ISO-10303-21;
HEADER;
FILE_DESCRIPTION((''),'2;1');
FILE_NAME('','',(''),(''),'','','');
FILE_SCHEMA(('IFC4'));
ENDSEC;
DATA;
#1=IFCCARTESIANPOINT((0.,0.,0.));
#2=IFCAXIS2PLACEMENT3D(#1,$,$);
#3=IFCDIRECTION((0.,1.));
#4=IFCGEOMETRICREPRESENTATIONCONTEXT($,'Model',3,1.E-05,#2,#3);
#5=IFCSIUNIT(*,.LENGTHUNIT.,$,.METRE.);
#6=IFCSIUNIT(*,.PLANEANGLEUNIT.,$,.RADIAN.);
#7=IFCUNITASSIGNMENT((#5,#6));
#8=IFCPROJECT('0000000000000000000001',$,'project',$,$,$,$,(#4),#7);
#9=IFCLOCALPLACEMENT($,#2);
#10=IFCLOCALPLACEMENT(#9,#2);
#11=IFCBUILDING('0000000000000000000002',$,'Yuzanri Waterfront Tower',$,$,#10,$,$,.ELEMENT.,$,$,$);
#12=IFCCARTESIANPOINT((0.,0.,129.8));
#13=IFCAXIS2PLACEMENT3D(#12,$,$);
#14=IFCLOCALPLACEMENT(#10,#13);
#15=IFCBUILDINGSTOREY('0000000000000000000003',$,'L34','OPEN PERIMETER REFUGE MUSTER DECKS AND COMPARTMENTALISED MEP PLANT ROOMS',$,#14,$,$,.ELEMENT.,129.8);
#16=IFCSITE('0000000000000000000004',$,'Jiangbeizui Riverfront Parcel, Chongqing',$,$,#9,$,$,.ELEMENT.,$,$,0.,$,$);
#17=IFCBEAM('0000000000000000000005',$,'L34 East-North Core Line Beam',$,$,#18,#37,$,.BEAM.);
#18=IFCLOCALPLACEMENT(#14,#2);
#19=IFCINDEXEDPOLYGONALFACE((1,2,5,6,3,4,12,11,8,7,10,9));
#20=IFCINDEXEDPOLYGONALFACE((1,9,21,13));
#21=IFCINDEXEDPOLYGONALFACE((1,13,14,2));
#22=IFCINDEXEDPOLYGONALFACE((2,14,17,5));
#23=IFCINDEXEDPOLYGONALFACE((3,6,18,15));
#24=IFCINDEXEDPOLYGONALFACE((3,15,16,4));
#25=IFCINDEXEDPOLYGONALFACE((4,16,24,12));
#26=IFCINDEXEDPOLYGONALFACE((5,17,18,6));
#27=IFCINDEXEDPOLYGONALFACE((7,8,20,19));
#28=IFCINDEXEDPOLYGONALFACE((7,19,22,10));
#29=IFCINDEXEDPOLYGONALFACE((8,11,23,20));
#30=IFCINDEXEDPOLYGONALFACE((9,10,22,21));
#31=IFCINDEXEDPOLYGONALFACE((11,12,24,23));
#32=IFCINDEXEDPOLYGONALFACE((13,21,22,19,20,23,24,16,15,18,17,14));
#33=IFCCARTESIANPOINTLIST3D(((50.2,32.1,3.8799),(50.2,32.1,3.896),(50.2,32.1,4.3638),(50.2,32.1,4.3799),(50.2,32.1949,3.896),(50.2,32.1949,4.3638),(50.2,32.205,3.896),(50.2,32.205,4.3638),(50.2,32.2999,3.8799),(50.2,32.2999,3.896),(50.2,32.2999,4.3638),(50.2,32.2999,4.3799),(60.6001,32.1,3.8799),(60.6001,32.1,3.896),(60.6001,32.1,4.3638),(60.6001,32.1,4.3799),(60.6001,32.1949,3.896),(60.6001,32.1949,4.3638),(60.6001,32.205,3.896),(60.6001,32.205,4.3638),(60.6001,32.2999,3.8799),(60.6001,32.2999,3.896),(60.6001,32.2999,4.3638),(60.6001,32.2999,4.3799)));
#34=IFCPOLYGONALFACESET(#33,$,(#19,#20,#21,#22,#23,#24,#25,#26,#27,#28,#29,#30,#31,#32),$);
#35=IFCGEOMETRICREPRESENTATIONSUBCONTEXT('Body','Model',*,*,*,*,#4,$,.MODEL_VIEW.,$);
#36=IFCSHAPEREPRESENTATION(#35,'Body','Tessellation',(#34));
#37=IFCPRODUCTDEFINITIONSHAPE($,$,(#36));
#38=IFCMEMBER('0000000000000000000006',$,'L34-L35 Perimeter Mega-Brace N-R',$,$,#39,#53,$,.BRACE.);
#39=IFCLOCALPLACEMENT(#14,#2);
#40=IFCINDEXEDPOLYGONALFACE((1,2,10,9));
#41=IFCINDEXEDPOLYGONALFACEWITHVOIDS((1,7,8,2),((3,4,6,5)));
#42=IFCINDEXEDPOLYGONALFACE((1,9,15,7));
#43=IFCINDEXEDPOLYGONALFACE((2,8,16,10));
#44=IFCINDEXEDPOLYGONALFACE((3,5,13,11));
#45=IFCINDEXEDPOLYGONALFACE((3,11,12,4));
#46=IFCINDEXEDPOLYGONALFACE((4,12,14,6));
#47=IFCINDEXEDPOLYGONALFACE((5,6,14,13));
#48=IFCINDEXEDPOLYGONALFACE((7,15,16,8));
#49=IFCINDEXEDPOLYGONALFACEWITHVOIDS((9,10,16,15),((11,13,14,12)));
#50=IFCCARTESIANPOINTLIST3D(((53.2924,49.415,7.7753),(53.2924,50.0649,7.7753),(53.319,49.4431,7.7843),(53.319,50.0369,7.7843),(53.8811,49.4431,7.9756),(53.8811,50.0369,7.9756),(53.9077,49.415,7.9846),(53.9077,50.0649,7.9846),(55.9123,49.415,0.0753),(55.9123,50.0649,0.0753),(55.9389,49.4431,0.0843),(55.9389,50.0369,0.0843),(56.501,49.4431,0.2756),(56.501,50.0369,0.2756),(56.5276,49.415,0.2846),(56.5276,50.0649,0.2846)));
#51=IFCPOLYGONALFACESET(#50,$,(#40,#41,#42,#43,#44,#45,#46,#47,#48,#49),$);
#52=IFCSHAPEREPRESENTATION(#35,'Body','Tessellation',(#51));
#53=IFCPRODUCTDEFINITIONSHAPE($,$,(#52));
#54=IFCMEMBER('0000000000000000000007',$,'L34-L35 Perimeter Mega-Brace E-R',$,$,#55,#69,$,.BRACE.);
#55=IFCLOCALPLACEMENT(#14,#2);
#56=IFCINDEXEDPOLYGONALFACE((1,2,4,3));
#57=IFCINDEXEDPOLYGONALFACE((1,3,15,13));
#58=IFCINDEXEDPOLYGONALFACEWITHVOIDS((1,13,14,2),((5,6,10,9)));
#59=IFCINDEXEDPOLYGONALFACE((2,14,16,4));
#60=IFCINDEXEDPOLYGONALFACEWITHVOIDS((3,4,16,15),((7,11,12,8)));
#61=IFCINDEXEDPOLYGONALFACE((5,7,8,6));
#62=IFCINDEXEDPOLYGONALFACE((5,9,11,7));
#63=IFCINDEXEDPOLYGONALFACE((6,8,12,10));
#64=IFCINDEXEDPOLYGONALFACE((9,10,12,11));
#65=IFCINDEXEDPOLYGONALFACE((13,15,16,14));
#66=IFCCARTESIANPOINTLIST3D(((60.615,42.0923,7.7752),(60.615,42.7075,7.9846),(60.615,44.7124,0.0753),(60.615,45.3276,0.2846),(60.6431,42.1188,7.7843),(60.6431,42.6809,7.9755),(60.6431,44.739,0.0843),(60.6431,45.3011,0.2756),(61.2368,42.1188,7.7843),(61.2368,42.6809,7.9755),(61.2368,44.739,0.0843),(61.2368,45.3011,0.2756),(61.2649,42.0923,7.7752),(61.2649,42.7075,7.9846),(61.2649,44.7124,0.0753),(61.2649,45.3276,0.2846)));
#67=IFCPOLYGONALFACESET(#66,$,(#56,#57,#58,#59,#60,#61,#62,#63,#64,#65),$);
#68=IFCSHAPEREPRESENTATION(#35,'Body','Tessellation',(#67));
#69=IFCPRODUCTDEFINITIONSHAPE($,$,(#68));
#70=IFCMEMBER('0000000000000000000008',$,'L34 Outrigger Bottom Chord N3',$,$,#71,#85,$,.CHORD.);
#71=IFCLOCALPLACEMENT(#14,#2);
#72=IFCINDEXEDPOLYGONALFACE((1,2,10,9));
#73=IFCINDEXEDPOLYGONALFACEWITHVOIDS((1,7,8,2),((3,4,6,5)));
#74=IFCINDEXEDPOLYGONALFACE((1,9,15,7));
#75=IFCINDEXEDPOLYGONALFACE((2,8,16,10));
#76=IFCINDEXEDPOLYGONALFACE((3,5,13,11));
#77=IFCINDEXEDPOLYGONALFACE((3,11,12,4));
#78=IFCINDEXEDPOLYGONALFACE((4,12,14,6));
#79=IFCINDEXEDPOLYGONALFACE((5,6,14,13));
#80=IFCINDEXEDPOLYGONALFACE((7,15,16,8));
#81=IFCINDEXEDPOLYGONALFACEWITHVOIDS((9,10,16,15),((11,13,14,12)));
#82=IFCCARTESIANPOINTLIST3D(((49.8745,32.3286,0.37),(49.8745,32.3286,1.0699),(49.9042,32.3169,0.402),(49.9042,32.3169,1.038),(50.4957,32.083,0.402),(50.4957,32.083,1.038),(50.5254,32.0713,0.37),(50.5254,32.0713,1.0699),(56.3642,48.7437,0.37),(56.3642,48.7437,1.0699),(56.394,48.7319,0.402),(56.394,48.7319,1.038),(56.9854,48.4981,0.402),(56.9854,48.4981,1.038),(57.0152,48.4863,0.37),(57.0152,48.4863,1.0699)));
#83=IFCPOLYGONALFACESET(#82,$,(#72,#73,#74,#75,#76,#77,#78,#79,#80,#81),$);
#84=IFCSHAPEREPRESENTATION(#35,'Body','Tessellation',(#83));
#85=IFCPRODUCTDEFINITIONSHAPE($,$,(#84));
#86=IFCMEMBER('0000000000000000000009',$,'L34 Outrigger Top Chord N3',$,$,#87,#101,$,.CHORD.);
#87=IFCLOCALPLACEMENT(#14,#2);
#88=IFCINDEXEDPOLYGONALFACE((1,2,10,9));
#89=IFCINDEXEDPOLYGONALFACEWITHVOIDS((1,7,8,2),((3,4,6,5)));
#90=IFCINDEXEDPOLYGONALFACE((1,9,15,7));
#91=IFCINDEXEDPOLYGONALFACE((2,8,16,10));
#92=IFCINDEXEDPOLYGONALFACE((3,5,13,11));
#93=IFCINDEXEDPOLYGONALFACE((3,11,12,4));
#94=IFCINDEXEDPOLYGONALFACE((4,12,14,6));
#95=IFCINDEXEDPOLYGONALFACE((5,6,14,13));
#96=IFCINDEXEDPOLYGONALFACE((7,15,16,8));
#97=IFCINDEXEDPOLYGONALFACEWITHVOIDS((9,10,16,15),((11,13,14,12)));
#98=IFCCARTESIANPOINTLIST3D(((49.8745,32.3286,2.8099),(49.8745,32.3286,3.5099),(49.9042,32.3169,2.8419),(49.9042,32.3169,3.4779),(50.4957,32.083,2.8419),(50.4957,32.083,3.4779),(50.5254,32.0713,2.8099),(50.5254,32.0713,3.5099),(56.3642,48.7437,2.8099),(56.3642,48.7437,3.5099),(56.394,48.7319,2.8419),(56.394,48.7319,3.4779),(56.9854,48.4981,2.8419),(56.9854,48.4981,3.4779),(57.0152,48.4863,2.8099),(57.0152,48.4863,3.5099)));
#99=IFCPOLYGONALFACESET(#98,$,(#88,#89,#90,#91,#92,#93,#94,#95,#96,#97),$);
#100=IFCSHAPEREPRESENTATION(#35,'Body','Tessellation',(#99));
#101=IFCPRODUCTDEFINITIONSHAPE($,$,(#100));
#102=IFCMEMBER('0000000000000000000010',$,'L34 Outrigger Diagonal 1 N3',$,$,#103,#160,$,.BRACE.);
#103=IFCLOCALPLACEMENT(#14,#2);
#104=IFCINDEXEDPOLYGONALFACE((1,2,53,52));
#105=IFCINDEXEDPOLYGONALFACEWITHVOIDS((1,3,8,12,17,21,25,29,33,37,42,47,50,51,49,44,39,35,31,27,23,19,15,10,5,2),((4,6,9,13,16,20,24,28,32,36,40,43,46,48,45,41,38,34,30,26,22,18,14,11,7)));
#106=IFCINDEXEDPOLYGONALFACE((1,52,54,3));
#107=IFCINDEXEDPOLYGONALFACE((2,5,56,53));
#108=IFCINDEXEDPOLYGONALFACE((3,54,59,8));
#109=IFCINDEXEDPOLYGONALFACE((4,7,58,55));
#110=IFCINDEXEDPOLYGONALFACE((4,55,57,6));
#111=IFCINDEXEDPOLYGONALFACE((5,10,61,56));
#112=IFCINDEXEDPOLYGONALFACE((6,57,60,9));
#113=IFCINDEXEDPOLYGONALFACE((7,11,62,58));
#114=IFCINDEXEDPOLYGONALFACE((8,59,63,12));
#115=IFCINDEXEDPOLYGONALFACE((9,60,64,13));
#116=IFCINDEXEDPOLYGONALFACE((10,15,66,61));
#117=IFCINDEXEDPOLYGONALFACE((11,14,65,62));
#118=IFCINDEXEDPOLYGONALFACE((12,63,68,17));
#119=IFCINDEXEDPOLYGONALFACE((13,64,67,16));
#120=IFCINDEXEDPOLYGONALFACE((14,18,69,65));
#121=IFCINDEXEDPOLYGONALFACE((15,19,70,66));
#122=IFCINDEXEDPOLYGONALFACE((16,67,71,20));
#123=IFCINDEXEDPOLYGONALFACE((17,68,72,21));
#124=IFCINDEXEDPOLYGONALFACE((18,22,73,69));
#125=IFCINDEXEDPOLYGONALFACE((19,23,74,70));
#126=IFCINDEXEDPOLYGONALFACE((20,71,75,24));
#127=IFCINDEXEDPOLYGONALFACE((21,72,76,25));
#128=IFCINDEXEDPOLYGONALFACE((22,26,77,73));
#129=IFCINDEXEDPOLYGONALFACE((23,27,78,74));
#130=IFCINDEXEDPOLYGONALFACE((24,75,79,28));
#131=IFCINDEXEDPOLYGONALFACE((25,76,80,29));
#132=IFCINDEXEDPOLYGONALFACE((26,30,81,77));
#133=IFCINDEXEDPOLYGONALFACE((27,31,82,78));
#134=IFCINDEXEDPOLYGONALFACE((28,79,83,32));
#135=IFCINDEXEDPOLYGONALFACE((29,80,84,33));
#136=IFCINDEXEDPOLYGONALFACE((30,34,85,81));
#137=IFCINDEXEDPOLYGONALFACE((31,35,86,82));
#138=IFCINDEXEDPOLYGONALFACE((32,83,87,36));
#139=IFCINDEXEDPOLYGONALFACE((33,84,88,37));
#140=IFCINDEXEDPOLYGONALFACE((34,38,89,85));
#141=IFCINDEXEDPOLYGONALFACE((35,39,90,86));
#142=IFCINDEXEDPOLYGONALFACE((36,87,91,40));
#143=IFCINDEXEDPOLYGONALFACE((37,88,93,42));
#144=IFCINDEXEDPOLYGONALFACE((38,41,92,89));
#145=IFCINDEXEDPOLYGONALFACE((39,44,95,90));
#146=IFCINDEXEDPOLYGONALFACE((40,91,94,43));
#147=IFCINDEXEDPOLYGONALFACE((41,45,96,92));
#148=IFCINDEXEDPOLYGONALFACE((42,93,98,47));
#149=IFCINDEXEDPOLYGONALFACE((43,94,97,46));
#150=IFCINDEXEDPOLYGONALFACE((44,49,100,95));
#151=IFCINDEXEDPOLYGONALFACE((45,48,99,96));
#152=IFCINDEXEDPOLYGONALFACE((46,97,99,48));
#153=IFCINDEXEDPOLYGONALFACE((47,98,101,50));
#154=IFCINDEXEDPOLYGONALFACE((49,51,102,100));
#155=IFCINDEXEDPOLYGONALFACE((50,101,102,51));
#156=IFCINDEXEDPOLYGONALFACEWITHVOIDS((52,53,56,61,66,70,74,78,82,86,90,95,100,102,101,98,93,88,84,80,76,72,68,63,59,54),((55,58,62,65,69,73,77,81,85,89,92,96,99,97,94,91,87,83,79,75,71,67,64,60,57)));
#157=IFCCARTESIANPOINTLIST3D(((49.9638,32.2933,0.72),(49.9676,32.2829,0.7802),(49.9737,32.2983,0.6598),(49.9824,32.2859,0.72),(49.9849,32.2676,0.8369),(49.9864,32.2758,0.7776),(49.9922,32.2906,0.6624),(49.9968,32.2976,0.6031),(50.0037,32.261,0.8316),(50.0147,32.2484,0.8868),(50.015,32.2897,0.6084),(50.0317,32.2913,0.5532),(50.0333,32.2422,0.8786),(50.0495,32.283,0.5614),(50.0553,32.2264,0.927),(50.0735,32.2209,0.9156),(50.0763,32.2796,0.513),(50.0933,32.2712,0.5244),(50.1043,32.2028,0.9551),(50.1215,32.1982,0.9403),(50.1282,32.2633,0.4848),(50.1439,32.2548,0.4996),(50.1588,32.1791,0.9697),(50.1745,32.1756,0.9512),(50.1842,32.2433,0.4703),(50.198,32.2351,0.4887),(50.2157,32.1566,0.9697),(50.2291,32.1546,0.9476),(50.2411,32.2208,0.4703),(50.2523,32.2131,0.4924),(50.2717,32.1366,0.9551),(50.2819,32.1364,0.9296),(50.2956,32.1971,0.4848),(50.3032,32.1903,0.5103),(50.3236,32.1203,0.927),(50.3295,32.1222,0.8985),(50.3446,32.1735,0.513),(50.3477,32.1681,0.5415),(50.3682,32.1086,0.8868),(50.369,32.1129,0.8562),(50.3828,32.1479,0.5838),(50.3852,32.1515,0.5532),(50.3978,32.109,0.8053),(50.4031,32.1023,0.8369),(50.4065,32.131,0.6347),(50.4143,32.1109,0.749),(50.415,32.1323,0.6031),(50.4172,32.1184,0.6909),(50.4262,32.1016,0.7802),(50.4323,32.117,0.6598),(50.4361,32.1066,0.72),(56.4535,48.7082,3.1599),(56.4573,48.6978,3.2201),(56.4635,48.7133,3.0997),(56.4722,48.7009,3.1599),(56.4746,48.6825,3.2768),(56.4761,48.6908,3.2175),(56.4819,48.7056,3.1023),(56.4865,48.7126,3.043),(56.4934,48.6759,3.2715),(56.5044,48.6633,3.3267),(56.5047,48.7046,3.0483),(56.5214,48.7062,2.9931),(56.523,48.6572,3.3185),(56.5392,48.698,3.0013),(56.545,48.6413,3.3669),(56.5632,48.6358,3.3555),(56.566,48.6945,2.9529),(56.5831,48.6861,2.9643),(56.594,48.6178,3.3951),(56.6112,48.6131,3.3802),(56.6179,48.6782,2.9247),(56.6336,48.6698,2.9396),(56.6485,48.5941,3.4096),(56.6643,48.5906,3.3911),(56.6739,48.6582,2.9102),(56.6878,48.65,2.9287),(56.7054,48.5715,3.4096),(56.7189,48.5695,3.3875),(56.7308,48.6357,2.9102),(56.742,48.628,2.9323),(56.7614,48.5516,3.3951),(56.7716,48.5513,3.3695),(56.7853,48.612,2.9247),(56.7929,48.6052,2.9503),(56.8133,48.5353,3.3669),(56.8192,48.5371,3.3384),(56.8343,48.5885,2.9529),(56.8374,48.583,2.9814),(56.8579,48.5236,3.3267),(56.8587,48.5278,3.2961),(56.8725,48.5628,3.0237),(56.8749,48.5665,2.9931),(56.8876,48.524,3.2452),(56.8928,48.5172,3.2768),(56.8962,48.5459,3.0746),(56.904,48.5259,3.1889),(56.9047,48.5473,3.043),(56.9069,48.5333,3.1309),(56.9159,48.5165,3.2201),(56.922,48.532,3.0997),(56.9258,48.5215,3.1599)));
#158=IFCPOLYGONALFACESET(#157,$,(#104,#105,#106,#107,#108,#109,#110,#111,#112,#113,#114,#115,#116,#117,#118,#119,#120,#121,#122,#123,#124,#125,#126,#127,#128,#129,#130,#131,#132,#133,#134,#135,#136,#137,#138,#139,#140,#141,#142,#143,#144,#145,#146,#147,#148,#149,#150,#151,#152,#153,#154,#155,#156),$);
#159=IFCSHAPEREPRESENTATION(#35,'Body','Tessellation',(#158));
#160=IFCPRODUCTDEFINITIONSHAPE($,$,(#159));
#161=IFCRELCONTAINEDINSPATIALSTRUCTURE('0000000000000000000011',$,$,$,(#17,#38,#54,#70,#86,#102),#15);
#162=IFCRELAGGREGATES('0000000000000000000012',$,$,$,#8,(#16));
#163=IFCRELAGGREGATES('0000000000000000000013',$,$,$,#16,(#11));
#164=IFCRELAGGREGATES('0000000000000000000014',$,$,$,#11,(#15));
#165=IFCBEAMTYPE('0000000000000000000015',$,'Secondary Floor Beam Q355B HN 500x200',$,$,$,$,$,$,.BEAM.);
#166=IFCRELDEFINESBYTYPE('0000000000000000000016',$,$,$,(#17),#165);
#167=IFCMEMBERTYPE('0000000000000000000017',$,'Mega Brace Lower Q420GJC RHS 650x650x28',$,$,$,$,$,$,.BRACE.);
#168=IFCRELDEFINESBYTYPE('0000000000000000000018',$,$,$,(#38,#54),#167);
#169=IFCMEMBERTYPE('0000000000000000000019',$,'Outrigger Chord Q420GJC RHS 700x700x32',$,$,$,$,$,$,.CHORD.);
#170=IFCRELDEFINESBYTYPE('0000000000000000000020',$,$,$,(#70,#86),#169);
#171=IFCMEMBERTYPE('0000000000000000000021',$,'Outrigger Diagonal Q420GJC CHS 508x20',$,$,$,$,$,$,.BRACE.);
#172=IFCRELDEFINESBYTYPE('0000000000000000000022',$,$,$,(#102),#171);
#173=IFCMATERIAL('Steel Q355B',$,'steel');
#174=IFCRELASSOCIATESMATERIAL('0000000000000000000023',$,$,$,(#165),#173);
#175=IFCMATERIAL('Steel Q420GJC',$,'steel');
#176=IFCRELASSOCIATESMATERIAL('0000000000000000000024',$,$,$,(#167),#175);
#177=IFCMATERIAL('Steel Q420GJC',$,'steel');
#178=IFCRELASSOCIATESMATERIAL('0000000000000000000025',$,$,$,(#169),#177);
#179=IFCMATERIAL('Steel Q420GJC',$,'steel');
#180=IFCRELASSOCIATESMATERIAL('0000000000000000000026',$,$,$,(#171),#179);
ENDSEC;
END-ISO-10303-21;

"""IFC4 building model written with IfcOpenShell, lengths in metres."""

from ifc_helpers import new_model, si_unit, direction, frame, origin, origin_2d, place, context, subcontext, project, spatial, hollow_rectangle, hollow_circle, i_section, extrude, source, transform, mapped, material, material_profile, profile_set, type_object, element, save


model = new_model("IFC4")

# Units and contexts
model_context = context("Model", 3, precision=1e-05, world=origin(), true_north=direction((0.0, 1.0)))
body_context = subcontext(model_context, "Body", "Model", "MODEL_VIEW")
ifc_project = project(units=[si_unit("LENGTHUNIT", "METRE"), si_unit("PLANEANGLEUNIT", "RADIAN")], contexts=[model_context])

# Site, building, storey
site_placement = place(None, origin())
site = spatial("IfcSite", under=ifc_project, at=site_placement, Name="Jiangbeizui Riverfront Parcel, Chongqing", CompositionType="ELEMENT", RefElevation=0.0)
building_placement = place(site_placement, origin())
building = spatial("IfcBuilding", under=site, at=building_placement, Name="Yuzanri Waterfront Tower", CompositionType="ELEMENT")
storey_placement = place(building_placement, frame((0.0, 0.0, 129.8)))
storey = spatial("IfcBuildingStorey", under=building, at=storey_placement, Name="L34", Description="OPEN PERIMETER REFUGE MUSTER DECKS AND COMPARTMENTALISED MEP PLANT ROOMS", CompositionType="ELEMENT", Elevation=129.8)

# Beam
ifc_material_1 = material(Name="Steel Q355B", Category="steel")
ifc_material_profile_1 = material_profile(ifc_material_1, i_section(OverallWidth=0.2, OverallDepth=0.5, WebThickness=0.01, FlangeThickness=0.0161, at=origin_2d()), Name="HN 500x200x10x16")
ifc_profile_set_1 = profile_set([ifc_material_profile_1], Name="Steel Q355B")
beam_type_1 = type_object("IfcBeamType", Name="Secondary Floor Beam Q355B HN 500x200", PredefinedType="BEAM", material=ifc_profile_set_1)
shared_shape_1 = source(origin(), body_context, "Body", "SweptSolid", [
    extrude(i_section(OverallWidth=0.2, OverallDepth=0.5, WebThickness=0.01, FlangeThickness=0.0161, at=origin_2d()), origin(), (0.0, 0.0, 1.0), 10.4001),
])
beam_1_placement = place(storey_placement, frame((50.2, 32.2, 4.1299), z_axis=(1.0, 0.0, 0.0), x_axis=(0.0, 1.0, 0.0)))
element("IfcBeam", 1, at=beam_1_placement, inside=storey, type_object=beam_type_1, Name="L34 East-North Core Line Beam", PredefinedType="BEAM", context=body_context, shape_type="MappedRepresentation", body=[
    mapped(shared_shape_1, transform((0.0, 0.0, 0.0), scale=1.0)),
])

# Members
ifc_material_2 = material(Name="Steel Q420GJC", Category="steel")
ifc_material_profile_2 = material_profile(ifc_material_2, hollow_rectangle(XDim=0.6499, YDim=0.6499, WallThickness=0.0281, at=origin_2d()), Name="RHS 650x650x28")
ifc_profile_set_2 = profile_set([ifc_material_profile_2], Name="Steel Q420GJC")
member_type_1 = type_object("IfcMemberType", Name="Mega Brace Lower Q420GJC RHS 650x650x28", PredefinedType="BRACE", material=ifc_profile_set_2)
shared_shape_2 = source(origin(), body_context, "Body", "SweptSolid", [
    extrude(hollow_rectangle(XDim=0.6499, YDim=0.6499, WallThickness=0.0281, at=origin_2d()), origin(), (0.0, 0.0, 1.0), 8.1335),
])
for number, where, z_axis, x_axis, name in (
    (2, (56.22, 49.74, 0.1799), (-0.322111, 0.0, 0.946702), (0.0, -1.0, 0.0), "L34-L35 Perimeter Mega-Brace N-R"),
    (3, (60.9399, 45.02, 0.1799), (0.0, -0.322138, 0.946693), (1.0, 0.0, 0.0), "L34-L35 Perimeter Mega-Brace E-R"),
):
    element("IfcMember", number, at=place(storey_placement, frame(where, z_axis=z_axis, x_axis=x_axis)), inside=storey, type_object=member_type_1, Name=name, PredefinedType="BRACE", context=body_context, shape_type="MappedRepresentation", body=[
        mapped(shared_shape_2, transform((0.0, 0.0, 0.0), scale=1.0)),
    ])
ifc_material_3 = material(Name="Steel Q420GJC", Category="steel")
ifc_material_profile_3 = material_profile(ifc_material_3, hollow_rectangle(XDim=0.7, YDim=0.7, WallThickness=0.032, at=origin_2d()), Name="RHS 700x700x32")
ifc_profile_set_3 = profile_set([ifc_material_profile_3], Name="Steel Q420GJC")
member_type_2 = type_object("IfcMemberType", Name="Outrigger Chord Q420GJC RHS 700x700x32", PredefinedType="CHORD", material=ifc_profile_set_3)
shared_shape_3 = source(origin(), body_context, "Body", "SweptSolid", [
    extrude(hollow_rectangle(XDim=0.7, YDim=0.7, WallThickness=0.032, at=origin_2d()), origin(), (0.0, 0.0, 1.0), 17.6514),
])
for number, where, z_axis, x_axis, name in (
    (4, (50.2, 32.2, 0.72), (0.367663, 0.929959, 0.0), (-0.929959, 0.367663, 0.0), "L34 Outrigger Bottom Chord N3"),
    (5, (50.2, 32.2, 3.1599), (0.367663, 0.929959, 0.0), (-0.929959, 0.367663, 0.0), "L34 Outrigger Top Chord N3"),
):
    element("IfcMember", number, at=place(storey_placement, frame(where, z_axis=z_axis, x_axis=x_axis)), inside=storey, type_object=member_type_2, Name=name, PredefinedType="CHORD", context=body_context, shape_type="MappedRepresentation", body=[
        mapped(shared_shape_3, transform((0.0, 0.0, 0.0), scale=1.0)),
    ])
ifc_material_4 = material(Name="Steel Q420GJC", Category="steel")
ifc_material_profile_4 = material_profile(ifc_material_4, hollow_circle(Radius=0.2539, WallThickness=0.02, at=origin_2d()), Name="CHS 508x20")
ifc_profile_set_4 = profile_set([ifc_material_profile_4], Name="Steel Q420GJC")
member_type_3 = type_object("IfcMemberType", Name="Outrigger Diagonal Q420GJC CHS 508x20", PredefinedType="BRACE", material=ifc_profile_set_4)
shared_shape_4 = source(origin(), body_context, "Body", "SweptSolid", [
    extrude(hollow_circle(Radius=0.2539, WallThickness=0.02, at=origin_2d()), origin(), (0.0, 0.0, 1.0), 17.8191),
])
for number, where, z_axis, x_axis, name in (
    (6, (50.2, 32.2, 0.72), (0.3642, 0.9212, 0.136928), (-0.929959, 0.367663, 0.0), "L34 Outrigger Diagonal 1 N3"),
):
    element("IfcMember", number, at=place(storey_placement, frame(where, z_axis=z_axis, x_axis=x_axis)), inside=storey, type_object=member_type_3, Name=name, PredefinedType="BRACE", context=body_context, shape_type="MappedRepresentation", body=[
        mapped(shared_shape_4, transform((0.0, 0.0, 0.0), scale=1.0)),
    ])

save(model, "model.ifc")
